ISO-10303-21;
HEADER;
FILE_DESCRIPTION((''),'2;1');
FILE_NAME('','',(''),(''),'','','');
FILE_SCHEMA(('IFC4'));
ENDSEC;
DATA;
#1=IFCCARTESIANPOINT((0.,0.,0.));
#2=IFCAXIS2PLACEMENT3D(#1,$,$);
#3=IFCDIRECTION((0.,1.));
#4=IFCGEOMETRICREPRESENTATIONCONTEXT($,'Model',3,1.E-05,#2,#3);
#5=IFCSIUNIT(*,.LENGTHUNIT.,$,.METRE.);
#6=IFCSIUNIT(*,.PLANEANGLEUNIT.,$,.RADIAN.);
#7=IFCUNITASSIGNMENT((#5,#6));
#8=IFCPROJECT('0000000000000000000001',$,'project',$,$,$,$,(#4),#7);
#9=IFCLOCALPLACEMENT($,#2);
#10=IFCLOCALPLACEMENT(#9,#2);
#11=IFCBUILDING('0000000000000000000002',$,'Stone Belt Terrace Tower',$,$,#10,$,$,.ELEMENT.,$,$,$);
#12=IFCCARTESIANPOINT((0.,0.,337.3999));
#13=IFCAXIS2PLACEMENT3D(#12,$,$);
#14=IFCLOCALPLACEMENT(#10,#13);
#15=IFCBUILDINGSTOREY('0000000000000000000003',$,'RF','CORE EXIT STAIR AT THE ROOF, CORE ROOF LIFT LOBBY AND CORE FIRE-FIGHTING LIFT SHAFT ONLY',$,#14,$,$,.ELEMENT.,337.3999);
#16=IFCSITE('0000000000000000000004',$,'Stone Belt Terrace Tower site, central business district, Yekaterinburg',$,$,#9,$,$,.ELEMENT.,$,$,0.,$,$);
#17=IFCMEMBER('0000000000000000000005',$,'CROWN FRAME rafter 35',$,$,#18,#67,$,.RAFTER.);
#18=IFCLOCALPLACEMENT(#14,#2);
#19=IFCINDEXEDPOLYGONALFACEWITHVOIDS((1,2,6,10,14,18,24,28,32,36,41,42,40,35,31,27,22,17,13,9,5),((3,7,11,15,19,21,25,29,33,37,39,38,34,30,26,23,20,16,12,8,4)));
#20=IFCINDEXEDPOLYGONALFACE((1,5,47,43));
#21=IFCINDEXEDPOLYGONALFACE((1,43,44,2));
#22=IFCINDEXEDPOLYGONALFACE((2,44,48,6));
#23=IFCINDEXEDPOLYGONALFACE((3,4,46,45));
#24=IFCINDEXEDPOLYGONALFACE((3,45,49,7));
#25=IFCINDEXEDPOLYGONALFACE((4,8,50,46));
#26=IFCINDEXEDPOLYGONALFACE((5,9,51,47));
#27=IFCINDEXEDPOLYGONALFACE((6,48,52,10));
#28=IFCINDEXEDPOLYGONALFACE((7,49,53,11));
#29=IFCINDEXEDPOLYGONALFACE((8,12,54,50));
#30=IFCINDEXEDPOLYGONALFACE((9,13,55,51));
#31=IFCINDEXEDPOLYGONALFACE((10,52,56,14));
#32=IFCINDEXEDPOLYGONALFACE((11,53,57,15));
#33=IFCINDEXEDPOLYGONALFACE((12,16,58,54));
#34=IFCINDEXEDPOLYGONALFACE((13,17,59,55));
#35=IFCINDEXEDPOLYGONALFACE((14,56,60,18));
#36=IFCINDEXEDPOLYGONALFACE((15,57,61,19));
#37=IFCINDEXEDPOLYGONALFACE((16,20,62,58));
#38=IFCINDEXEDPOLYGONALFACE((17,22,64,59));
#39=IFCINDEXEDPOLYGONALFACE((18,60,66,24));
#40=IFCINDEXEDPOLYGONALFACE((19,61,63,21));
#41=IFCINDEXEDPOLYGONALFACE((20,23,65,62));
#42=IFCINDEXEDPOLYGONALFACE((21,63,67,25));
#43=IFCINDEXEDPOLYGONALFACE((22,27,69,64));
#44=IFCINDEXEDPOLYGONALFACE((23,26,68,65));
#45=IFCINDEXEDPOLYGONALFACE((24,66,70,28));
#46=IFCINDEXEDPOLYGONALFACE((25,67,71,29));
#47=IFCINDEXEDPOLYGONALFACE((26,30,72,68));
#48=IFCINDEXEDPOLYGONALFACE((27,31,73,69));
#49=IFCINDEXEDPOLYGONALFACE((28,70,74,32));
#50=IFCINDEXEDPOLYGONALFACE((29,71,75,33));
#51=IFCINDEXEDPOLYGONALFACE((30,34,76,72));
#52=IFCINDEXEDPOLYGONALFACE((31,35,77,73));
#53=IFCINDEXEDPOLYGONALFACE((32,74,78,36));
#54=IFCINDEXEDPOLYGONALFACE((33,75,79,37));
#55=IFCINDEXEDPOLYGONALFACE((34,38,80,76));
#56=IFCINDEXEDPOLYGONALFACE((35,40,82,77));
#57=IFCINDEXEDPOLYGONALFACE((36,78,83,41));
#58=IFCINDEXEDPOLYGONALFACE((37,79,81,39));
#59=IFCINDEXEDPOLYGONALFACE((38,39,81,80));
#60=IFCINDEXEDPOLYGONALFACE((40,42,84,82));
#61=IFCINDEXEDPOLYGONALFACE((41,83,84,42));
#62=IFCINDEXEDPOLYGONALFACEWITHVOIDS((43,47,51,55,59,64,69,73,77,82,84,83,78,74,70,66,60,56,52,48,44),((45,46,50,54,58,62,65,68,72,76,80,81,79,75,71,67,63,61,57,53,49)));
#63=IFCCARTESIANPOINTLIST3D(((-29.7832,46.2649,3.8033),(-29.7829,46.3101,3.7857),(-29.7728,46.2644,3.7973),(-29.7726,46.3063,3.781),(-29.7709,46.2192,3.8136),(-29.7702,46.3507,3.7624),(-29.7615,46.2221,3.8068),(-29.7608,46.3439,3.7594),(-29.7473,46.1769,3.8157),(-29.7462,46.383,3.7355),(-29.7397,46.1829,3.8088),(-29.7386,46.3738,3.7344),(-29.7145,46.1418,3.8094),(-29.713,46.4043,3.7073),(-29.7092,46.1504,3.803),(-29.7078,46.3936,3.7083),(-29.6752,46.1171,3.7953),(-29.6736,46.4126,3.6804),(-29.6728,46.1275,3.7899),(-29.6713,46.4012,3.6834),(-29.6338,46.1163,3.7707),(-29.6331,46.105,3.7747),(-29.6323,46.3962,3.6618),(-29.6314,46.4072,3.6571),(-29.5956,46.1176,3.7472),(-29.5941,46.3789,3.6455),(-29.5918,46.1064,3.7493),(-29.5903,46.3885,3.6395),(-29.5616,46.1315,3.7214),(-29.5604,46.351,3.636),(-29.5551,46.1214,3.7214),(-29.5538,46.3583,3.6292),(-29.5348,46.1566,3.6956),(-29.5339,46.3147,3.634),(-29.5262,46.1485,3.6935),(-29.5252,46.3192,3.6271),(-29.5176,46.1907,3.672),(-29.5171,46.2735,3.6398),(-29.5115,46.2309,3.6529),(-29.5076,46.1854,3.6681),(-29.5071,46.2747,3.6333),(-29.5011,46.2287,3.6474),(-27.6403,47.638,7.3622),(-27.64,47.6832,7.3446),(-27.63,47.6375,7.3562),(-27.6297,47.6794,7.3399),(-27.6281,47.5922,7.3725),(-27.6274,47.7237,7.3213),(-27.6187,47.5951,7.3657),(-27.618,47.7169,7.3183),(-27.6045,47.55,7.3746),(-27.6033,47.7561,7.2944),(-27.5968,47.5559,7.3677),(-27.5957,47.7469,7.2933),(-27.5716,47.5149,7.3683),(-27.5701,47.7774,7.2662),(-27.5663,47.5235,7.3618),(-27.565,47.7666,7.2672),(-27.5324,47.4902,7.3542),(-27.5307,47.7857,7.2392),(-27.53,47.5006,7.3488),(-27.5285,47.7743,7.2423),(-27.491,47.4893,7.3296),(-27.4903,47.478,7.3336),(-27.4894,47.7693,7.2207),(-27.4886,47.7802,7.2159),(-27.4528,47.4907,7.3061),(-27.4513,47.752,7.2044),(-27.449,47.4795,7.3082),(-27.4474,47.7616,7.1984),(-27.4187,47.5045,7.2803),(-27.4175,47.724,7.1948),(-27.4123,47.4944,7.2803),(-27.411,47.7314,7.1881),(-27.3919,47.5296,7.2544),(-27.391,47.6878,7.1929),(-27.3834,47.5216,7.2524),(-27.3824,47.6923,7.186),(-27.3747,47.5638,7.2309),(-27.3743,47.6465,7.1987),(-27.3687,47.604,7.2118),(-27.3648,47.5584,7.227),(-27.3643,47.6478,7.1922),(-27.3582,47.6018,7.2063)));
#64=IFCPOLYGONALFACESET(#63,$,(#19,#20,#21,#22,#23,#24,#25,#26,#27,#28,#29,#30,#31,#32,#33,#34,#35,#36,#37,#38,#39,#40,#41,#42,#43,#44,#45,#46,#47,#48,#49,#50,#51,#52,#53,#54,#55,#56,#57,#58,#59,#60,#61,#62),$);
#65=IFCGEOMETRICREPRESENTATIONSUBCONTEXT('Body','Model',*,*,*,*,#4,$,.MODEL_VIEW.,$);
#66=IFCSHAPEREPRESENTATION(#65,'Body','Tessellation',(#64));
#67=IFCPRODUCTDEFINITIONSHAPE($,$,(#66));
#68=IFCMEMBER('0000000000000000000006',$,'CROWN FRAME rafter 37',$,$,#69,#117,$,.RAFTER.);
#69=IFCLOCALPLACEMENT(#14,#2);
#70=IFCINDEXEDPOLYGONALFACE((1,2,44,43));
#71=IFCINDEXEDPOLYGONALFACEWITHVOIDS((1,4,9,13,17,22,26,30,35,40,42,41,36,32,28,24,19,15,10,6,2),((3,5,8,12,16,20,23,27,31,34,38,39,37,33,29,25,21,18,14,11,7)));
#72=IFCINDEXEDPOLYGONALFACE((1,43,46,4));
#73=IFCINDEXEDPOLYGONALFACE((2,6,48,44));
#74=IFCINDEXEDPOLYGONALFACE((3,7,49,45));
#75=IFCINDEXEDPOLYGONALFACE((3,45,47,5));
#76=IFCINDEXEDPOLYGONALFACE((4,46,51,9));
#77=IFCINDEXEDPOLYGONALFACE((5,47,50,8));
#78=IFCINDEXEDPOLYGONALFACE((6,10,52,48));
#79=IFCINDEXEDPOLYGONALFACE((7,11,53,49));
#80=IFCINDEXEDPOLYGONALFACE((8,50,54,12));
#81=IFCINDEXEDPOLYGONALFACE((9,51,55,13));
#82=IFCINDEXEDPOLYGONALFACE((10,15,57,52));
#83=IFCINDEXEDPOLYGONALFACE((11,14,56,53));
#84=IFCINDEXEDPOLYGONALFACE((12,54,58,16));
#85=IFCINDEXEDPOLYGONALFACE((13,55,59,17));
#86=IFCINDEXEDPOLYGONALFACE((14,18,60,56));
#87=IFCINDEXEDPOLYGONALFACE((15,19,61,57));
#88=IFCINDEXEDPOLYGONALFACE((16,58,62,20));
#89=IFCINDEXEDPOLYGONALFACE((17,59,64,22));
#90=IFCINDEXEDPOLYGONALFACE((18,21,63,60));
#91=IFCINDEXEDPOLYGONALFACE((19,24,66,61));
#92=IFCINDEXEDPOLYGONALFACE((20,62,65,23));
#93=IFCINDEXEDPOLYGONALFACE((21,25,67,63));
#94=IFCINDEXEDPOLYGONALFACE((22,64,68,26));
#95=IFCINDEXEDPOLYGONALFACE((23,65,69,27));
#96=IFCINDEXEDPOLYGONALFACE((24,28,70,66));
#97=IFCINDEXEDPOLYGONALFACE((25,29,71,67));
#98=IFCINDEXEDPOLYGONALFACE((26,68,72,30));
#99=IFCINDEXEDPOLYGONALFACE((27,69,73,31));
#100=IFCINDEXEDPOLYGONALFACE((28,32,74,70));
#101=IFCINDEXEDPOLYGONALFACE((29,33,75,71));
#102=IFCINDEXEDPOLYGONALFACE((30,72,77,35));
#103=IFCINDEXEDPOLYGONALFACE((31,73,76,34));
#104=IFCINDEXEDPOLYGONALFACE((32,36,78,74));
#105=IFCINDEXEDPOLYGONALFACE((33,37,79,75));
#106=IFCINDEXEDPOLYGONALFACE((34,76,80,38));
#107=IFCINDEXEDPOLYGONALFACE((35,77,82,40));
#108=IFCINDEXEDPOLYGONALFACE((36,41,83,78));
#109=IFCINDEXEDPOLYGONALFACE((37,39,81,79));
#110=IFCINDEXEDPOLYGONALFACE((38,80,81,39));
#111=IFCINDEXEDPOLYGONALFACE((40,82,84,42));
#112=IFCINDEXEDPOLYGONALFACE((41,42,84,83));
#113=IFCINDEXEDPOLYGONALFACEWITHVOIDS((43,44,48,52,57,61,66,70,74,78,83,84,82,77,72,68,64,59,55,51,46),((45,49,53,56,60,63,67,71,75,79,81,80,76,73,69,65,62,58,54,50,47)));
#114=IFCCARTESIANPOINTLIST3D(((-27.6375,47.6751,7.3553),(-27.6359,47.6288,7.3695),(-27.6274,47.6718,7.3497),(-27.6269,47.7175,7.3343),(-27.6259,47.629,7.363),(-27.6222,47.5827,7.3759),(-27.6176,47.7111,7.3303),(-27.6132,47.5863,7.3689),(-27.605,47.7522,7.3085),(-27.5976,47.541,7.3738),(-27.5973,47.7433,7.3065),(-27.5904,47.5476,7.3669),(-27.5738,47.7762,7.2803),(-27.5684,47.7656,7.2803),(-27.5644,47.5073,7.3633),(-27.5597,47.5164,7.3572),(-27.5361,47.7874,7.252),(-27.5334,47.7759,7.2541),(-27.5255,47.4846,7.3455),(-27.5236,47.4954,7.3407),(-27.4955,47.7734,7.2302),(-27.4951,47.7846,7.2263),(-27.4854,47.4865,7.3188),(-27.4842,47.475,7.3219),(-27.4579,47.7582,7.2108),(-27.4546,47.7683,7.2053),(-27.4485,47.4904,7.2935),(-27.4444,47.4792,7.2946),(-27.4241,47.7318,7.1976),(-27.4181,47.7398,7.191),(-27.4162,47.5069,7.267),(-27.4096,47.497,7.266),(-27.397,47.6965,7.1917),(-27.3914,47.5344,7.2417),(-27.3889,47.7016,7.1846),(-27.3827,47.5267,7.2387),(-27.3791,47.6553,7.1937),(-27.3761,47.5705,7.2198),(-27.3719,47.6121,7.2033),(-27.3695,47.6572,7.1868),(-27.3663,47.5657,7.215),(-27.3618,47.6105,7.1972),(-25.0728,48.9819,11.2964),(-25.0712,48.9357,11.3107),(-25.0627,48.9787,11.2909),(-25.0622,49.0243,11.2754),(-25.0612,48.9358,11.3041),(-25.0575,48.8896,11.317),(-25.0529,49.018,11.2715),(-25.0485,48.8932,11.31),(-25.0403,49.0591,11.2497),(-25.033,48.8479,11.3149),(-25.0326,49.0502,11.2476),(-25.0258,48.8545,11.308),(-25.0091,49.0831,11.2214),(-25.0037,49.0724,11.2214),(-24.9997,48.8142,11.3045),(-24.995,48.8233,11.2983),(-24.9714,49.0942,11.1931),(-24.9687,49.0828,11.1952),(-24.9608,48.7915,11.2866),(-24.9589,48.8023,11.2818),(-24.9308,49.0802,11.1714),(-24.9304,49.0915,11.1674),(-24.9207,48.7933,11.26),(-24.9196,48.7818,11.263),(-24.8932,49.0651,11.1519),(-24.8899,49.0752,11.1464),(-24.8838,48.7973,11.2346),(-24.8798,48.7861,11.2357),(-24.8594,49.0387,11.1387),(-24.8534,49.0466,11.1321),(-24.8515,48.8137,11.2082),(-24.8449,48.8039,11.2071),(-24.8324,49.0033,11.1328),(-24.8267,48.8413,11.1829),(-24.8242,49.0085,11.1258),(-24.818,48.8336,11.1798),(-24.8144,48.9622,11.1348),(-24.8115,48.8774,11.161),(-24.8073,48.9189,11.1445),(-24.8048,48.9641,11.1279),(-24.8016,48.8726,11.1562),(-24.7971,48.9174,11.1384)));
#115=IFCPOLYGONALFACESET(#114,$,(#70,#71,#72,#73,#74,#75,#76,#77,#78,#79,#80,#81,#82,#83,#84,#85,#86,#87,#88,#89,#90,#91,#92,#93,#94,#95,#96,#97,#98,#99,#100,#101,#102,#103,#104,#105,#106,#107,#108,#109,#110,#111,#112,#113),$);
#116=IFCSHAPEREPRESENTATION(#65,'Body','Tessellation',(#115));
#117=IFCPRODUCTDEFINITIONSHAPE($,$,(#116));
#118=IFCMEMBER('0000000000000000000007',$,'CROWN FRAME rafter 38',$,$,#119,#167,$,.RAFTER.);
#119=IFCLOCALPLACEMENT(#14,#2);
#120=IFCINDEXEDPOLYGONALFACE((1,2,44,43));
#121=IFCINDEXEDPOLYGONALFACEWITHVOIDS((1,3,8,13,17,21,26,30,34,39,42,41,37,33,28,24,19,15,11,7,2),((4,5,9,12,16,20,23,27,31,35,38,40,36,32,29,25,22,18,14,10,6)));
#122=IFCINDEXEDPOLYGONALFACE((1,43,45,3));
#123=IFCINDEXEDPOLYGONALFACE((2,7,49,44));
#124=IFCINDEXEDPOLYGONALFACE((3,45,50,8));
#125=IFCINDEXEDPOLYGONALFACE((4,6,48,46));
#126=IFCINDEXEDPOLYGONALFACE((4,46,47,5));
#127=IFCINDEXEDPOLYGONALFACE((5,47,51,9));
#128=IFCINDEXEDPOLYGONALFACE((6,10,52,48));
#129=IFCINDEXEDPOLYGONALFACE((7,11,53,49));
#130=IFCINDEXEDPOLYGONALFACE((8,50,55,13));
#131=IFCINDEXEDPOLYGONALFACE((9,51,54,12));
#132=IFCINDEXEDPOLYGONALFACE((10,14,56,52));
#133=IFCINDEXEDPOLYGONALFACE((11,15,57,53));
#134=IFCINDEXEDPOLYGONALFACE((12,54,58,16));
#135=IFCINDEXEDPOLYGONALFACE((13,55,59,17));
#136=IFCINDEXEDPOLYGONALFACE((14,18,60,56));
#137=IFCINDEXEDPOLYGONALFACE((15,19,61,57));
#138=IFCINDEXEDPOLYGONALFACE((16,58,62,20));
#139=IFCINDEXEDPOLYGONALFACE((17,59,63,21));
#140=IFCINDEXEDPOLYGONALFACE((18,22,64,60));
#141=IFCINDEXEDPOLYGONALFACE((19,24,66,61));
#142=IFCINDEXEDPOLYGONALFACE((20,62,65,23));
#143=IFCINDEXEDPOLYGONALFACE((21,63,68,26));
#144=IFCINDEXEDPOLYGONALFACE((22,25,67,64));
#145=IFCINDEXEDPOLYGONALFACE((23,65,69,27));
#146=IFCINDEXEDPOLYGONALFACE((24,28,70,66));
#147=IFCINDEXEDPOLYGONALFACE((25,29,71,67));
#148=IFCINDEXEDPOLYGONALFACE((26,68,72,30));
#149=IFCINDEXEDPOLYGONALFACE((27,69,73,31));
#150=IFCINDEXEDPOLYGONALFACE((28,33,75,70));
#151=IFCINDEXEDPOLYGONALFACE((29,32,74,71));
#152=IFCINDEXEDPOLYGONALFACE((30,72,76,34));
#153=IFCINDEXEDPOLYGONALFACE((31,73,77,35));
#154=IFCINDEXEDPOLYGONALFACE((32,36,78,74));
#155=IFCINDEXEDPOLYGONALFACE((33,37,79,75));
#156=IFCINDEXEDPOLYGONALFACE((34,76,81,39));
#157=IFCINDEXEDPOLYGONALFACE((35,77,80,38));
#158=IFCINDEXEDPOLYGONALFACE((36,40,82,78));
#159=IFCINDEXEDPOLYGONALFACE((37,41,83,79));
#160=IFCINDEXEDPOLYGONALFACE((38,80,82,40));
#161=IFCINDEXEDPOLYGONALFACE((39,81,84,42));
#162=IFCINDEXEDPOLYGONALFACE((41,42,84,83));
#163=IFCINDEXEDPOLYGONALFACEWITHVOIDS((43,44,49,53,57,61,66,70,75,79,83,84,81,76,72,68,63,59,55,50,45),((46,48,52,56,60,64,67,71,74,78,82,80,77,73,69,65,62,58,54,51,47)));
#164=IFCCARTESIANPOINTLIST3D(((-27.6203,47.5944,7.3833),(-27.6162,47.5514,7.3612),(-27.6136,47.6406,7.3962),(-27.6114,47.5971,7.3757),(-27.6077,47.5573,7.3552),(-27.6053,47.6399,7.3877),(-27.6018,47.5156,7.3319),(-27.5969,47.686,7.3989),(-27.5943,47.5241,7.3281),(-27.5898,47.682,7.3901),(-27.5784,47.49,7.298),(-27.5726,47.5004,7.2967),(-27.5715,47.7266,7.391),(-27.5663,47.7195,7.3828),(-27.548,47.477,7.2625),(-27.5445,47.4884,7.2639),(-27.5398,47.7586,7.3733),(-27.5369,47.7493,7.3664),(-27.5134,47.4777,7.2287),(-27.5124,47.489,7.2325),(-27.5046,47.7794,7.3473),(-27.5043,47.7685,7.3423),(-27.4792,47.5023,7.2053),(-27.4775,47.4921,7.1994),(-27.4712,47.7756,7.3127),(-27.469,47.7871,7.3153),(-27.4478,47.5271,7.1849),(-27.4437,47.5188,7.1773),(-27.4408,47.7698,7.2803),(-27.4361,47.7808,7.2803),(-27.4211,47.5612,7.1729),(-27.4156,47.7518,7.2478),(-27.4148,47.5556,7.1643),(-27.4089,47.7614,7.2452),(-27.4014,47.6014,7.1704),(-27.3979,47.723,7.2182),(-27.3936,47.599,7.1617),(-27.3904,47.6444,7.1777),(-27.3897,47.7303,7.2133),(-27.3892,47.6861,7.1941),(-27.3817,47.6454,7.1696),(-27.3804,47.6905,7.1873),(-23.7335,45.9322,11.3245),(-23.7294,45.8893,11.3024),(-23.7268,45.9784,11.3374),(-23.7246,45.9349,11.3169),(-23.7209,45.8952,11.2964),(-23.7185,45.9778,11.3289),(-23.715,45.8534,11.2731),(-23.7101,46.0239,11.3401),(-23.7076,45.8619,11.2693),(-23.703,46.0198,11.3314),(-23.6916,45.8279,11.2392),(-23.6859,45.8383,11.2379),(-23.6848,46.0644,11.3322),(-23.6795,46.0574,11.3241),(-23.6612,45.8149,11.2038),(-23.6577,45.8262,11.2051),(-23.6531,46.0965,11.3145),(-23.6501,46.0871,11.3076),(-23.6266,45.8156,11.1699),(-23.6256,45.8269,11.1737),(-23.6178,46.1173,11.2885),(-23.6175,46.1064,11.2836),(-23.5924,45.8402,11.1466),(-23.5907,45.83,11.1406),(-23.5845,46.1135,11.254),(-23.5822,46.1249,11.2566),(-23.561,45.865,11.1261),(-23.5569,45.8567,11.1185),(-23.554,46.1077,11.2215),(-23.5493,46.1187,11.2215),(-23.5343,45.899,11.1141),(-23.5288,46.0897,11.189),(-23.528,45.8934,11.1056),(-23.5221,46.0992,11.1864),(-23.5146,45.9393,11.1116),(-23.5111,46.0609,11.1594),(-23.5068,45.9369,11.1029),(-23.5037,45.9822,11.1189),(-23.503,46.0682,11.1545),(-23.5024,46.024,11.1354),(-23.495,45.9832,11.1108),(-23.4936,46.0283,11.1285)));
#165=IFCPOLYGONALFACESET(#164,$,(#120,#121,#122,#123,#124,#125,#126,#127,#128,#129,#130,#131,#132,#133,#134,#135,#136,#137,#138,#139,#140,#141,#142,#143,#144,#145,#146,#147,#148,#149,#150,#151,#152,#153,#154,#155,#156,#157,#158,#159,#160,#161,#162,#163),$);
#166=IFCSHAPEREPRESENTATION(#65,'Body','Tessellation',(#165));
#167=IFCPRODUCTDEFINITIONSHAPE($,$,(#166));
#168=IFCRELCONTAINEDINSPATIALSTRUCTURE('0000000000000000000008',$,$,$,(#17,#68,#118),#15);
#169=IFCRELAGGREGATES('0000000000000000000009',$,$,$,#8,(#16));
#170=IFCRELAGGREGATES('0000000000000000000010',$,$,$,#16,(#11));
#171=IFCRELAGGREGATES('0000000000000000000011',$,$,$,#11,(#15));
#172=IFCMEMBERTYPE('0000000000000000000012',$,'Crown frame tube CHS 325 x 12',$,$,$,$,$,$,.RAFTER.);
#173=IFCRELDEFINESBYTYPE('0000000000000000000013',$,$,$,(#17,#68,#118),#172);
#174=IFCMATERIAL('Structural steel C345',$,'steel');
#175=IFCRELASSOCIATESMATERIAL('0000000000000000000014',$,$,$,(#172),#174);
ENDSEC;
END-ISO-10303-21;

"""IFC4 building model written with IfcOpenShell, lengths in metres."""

from ifc_helpers import new_model, si_unit, direction, frame, origin, origin_2d, place, context, subcontext, project, spatial, hollow_circle, extrude, material, material_profile, profile_set, type_object, element, save


model = new_model("IFC4")

# Units and contexts
model_context = context("Model", 3, precision=1e-05, world=origin(), true_north=direction((0.0, 1.0)))
body_context = subcontext(model_context, "Body", "Model", "MODEL_VIEW")
ifc_project = project(units=[si_unit("LENGTHUNIT", "METRE"), si_unit("PLANEANGLEUNIT", "RADIAN")], contexts=[model_context])

# Site, building, storey
site_placement = place(None, origin())
site = spatial("IfcSite", under=ifc_project, at=site_placement, Name="Stone Belt Terrace Tower site, central business district, Yekaterinburg", CompositionType="ELEMENT", RefElevation=0.0)
building_placement = place(site_placement, origin())
building = spatial("IfcBuilding", under=site, at=building_placement, Name="Stone Belt Terrace Tower", CompositionType="ELEMENT")
storey_placement = place(building_placement, frame((0.0, 0.0, 337.3999)))
storey = spatial("IfcBuildingStorey", under=building, at=storey_placement, Name="RF", Description="CORE EXIT STAIR AT THE ROOF, CORE ROOF LIFT LOBBY AND CORE FIRE-FIGHTING LIFT SHAFT ONLY", CompositionType="ELEMENT", Elevation=337.3999)

# Members
ifc_material_1 = material(Name="Structural steel C345", Category="steel")
ifc_material_profile_1 = material_profile(ifc_material_1, hollow_circle(Radius=0.1626, WallThickness=0.012, at=origin_2d()), Name="Structural steel C345 CHS 325x12")
ifc_profile_set_1 = profile_set([ifc_material_profile_1], Name="Structural steel C345")
member_type_1 = type_object("IfcMemberType", Name="Crown frame tube CHS 325 x 12", PredefinedType="RAFTER", material=ifc_profile_set_1)
member_1_placement = place(storey_placement, frame((-27.5, 47.6313, 7.2803), z_axis=(-0.489767, -0.313826, -0.813414), x_axis=(0.539511, -0.841979, 0.0)))
element("IfcMember", 1, at=member_1_placement, inside=storey, type_object=member_type_1, Name="CROWN FRAME rafter 35", PredefinedType="RAFTER", context=body_context, shape_type="SweptSolid", body=[
    extrude(hollow_circle(Radius=0.1626, WallThickness=0.012, at=origin_2d()), origin(), (0.0, 0.0, 1.0), 4.3752),
])
member_2_placement = place(storey_placement, frame((-27.5, 47.6313, 7.2803), z_axis=(0.525509, 0.267782, 0.807548), x_axis=(-0.45402, 0.890992, 0.0)))
element("IfcMember", 2, at=member_2_placement, inside=storey, type_object=member_type_1, Name="CROWN FRAME rafter 37", PredefinedType="RAFTER", context=body_context, shape_type="SweptSolid", body=[
    extrude(hollow_circle(Radius=0.1626, WallThickness=0.012, at=origin_2d()), origin(), (0.0, 0.0, 1.0), 4.8804),
])
member_3_placement = place(storey_placement, frame((-27.5, 47.6313, 7.2803), z_axis=(0.672508, -0.28759, 0.681928), x_axis=(0.393194, 0.919455, 0.0)))
element("IfcMember", 3, at=member_3_placement, inside=storey, type_object=member_type_1, Name="CROWN FRAME rafter 38", PredefinedType="RAFTER", context=body_context, shape_type="SweptSolid", body=[
    extrude(hollow_circle(Radius=0.1626, WallThickness=0.012, at=origin_2d()), origin(), (0.0, 0.0, 1.0), 5.7795),
])

save(model, "model.ifc")
